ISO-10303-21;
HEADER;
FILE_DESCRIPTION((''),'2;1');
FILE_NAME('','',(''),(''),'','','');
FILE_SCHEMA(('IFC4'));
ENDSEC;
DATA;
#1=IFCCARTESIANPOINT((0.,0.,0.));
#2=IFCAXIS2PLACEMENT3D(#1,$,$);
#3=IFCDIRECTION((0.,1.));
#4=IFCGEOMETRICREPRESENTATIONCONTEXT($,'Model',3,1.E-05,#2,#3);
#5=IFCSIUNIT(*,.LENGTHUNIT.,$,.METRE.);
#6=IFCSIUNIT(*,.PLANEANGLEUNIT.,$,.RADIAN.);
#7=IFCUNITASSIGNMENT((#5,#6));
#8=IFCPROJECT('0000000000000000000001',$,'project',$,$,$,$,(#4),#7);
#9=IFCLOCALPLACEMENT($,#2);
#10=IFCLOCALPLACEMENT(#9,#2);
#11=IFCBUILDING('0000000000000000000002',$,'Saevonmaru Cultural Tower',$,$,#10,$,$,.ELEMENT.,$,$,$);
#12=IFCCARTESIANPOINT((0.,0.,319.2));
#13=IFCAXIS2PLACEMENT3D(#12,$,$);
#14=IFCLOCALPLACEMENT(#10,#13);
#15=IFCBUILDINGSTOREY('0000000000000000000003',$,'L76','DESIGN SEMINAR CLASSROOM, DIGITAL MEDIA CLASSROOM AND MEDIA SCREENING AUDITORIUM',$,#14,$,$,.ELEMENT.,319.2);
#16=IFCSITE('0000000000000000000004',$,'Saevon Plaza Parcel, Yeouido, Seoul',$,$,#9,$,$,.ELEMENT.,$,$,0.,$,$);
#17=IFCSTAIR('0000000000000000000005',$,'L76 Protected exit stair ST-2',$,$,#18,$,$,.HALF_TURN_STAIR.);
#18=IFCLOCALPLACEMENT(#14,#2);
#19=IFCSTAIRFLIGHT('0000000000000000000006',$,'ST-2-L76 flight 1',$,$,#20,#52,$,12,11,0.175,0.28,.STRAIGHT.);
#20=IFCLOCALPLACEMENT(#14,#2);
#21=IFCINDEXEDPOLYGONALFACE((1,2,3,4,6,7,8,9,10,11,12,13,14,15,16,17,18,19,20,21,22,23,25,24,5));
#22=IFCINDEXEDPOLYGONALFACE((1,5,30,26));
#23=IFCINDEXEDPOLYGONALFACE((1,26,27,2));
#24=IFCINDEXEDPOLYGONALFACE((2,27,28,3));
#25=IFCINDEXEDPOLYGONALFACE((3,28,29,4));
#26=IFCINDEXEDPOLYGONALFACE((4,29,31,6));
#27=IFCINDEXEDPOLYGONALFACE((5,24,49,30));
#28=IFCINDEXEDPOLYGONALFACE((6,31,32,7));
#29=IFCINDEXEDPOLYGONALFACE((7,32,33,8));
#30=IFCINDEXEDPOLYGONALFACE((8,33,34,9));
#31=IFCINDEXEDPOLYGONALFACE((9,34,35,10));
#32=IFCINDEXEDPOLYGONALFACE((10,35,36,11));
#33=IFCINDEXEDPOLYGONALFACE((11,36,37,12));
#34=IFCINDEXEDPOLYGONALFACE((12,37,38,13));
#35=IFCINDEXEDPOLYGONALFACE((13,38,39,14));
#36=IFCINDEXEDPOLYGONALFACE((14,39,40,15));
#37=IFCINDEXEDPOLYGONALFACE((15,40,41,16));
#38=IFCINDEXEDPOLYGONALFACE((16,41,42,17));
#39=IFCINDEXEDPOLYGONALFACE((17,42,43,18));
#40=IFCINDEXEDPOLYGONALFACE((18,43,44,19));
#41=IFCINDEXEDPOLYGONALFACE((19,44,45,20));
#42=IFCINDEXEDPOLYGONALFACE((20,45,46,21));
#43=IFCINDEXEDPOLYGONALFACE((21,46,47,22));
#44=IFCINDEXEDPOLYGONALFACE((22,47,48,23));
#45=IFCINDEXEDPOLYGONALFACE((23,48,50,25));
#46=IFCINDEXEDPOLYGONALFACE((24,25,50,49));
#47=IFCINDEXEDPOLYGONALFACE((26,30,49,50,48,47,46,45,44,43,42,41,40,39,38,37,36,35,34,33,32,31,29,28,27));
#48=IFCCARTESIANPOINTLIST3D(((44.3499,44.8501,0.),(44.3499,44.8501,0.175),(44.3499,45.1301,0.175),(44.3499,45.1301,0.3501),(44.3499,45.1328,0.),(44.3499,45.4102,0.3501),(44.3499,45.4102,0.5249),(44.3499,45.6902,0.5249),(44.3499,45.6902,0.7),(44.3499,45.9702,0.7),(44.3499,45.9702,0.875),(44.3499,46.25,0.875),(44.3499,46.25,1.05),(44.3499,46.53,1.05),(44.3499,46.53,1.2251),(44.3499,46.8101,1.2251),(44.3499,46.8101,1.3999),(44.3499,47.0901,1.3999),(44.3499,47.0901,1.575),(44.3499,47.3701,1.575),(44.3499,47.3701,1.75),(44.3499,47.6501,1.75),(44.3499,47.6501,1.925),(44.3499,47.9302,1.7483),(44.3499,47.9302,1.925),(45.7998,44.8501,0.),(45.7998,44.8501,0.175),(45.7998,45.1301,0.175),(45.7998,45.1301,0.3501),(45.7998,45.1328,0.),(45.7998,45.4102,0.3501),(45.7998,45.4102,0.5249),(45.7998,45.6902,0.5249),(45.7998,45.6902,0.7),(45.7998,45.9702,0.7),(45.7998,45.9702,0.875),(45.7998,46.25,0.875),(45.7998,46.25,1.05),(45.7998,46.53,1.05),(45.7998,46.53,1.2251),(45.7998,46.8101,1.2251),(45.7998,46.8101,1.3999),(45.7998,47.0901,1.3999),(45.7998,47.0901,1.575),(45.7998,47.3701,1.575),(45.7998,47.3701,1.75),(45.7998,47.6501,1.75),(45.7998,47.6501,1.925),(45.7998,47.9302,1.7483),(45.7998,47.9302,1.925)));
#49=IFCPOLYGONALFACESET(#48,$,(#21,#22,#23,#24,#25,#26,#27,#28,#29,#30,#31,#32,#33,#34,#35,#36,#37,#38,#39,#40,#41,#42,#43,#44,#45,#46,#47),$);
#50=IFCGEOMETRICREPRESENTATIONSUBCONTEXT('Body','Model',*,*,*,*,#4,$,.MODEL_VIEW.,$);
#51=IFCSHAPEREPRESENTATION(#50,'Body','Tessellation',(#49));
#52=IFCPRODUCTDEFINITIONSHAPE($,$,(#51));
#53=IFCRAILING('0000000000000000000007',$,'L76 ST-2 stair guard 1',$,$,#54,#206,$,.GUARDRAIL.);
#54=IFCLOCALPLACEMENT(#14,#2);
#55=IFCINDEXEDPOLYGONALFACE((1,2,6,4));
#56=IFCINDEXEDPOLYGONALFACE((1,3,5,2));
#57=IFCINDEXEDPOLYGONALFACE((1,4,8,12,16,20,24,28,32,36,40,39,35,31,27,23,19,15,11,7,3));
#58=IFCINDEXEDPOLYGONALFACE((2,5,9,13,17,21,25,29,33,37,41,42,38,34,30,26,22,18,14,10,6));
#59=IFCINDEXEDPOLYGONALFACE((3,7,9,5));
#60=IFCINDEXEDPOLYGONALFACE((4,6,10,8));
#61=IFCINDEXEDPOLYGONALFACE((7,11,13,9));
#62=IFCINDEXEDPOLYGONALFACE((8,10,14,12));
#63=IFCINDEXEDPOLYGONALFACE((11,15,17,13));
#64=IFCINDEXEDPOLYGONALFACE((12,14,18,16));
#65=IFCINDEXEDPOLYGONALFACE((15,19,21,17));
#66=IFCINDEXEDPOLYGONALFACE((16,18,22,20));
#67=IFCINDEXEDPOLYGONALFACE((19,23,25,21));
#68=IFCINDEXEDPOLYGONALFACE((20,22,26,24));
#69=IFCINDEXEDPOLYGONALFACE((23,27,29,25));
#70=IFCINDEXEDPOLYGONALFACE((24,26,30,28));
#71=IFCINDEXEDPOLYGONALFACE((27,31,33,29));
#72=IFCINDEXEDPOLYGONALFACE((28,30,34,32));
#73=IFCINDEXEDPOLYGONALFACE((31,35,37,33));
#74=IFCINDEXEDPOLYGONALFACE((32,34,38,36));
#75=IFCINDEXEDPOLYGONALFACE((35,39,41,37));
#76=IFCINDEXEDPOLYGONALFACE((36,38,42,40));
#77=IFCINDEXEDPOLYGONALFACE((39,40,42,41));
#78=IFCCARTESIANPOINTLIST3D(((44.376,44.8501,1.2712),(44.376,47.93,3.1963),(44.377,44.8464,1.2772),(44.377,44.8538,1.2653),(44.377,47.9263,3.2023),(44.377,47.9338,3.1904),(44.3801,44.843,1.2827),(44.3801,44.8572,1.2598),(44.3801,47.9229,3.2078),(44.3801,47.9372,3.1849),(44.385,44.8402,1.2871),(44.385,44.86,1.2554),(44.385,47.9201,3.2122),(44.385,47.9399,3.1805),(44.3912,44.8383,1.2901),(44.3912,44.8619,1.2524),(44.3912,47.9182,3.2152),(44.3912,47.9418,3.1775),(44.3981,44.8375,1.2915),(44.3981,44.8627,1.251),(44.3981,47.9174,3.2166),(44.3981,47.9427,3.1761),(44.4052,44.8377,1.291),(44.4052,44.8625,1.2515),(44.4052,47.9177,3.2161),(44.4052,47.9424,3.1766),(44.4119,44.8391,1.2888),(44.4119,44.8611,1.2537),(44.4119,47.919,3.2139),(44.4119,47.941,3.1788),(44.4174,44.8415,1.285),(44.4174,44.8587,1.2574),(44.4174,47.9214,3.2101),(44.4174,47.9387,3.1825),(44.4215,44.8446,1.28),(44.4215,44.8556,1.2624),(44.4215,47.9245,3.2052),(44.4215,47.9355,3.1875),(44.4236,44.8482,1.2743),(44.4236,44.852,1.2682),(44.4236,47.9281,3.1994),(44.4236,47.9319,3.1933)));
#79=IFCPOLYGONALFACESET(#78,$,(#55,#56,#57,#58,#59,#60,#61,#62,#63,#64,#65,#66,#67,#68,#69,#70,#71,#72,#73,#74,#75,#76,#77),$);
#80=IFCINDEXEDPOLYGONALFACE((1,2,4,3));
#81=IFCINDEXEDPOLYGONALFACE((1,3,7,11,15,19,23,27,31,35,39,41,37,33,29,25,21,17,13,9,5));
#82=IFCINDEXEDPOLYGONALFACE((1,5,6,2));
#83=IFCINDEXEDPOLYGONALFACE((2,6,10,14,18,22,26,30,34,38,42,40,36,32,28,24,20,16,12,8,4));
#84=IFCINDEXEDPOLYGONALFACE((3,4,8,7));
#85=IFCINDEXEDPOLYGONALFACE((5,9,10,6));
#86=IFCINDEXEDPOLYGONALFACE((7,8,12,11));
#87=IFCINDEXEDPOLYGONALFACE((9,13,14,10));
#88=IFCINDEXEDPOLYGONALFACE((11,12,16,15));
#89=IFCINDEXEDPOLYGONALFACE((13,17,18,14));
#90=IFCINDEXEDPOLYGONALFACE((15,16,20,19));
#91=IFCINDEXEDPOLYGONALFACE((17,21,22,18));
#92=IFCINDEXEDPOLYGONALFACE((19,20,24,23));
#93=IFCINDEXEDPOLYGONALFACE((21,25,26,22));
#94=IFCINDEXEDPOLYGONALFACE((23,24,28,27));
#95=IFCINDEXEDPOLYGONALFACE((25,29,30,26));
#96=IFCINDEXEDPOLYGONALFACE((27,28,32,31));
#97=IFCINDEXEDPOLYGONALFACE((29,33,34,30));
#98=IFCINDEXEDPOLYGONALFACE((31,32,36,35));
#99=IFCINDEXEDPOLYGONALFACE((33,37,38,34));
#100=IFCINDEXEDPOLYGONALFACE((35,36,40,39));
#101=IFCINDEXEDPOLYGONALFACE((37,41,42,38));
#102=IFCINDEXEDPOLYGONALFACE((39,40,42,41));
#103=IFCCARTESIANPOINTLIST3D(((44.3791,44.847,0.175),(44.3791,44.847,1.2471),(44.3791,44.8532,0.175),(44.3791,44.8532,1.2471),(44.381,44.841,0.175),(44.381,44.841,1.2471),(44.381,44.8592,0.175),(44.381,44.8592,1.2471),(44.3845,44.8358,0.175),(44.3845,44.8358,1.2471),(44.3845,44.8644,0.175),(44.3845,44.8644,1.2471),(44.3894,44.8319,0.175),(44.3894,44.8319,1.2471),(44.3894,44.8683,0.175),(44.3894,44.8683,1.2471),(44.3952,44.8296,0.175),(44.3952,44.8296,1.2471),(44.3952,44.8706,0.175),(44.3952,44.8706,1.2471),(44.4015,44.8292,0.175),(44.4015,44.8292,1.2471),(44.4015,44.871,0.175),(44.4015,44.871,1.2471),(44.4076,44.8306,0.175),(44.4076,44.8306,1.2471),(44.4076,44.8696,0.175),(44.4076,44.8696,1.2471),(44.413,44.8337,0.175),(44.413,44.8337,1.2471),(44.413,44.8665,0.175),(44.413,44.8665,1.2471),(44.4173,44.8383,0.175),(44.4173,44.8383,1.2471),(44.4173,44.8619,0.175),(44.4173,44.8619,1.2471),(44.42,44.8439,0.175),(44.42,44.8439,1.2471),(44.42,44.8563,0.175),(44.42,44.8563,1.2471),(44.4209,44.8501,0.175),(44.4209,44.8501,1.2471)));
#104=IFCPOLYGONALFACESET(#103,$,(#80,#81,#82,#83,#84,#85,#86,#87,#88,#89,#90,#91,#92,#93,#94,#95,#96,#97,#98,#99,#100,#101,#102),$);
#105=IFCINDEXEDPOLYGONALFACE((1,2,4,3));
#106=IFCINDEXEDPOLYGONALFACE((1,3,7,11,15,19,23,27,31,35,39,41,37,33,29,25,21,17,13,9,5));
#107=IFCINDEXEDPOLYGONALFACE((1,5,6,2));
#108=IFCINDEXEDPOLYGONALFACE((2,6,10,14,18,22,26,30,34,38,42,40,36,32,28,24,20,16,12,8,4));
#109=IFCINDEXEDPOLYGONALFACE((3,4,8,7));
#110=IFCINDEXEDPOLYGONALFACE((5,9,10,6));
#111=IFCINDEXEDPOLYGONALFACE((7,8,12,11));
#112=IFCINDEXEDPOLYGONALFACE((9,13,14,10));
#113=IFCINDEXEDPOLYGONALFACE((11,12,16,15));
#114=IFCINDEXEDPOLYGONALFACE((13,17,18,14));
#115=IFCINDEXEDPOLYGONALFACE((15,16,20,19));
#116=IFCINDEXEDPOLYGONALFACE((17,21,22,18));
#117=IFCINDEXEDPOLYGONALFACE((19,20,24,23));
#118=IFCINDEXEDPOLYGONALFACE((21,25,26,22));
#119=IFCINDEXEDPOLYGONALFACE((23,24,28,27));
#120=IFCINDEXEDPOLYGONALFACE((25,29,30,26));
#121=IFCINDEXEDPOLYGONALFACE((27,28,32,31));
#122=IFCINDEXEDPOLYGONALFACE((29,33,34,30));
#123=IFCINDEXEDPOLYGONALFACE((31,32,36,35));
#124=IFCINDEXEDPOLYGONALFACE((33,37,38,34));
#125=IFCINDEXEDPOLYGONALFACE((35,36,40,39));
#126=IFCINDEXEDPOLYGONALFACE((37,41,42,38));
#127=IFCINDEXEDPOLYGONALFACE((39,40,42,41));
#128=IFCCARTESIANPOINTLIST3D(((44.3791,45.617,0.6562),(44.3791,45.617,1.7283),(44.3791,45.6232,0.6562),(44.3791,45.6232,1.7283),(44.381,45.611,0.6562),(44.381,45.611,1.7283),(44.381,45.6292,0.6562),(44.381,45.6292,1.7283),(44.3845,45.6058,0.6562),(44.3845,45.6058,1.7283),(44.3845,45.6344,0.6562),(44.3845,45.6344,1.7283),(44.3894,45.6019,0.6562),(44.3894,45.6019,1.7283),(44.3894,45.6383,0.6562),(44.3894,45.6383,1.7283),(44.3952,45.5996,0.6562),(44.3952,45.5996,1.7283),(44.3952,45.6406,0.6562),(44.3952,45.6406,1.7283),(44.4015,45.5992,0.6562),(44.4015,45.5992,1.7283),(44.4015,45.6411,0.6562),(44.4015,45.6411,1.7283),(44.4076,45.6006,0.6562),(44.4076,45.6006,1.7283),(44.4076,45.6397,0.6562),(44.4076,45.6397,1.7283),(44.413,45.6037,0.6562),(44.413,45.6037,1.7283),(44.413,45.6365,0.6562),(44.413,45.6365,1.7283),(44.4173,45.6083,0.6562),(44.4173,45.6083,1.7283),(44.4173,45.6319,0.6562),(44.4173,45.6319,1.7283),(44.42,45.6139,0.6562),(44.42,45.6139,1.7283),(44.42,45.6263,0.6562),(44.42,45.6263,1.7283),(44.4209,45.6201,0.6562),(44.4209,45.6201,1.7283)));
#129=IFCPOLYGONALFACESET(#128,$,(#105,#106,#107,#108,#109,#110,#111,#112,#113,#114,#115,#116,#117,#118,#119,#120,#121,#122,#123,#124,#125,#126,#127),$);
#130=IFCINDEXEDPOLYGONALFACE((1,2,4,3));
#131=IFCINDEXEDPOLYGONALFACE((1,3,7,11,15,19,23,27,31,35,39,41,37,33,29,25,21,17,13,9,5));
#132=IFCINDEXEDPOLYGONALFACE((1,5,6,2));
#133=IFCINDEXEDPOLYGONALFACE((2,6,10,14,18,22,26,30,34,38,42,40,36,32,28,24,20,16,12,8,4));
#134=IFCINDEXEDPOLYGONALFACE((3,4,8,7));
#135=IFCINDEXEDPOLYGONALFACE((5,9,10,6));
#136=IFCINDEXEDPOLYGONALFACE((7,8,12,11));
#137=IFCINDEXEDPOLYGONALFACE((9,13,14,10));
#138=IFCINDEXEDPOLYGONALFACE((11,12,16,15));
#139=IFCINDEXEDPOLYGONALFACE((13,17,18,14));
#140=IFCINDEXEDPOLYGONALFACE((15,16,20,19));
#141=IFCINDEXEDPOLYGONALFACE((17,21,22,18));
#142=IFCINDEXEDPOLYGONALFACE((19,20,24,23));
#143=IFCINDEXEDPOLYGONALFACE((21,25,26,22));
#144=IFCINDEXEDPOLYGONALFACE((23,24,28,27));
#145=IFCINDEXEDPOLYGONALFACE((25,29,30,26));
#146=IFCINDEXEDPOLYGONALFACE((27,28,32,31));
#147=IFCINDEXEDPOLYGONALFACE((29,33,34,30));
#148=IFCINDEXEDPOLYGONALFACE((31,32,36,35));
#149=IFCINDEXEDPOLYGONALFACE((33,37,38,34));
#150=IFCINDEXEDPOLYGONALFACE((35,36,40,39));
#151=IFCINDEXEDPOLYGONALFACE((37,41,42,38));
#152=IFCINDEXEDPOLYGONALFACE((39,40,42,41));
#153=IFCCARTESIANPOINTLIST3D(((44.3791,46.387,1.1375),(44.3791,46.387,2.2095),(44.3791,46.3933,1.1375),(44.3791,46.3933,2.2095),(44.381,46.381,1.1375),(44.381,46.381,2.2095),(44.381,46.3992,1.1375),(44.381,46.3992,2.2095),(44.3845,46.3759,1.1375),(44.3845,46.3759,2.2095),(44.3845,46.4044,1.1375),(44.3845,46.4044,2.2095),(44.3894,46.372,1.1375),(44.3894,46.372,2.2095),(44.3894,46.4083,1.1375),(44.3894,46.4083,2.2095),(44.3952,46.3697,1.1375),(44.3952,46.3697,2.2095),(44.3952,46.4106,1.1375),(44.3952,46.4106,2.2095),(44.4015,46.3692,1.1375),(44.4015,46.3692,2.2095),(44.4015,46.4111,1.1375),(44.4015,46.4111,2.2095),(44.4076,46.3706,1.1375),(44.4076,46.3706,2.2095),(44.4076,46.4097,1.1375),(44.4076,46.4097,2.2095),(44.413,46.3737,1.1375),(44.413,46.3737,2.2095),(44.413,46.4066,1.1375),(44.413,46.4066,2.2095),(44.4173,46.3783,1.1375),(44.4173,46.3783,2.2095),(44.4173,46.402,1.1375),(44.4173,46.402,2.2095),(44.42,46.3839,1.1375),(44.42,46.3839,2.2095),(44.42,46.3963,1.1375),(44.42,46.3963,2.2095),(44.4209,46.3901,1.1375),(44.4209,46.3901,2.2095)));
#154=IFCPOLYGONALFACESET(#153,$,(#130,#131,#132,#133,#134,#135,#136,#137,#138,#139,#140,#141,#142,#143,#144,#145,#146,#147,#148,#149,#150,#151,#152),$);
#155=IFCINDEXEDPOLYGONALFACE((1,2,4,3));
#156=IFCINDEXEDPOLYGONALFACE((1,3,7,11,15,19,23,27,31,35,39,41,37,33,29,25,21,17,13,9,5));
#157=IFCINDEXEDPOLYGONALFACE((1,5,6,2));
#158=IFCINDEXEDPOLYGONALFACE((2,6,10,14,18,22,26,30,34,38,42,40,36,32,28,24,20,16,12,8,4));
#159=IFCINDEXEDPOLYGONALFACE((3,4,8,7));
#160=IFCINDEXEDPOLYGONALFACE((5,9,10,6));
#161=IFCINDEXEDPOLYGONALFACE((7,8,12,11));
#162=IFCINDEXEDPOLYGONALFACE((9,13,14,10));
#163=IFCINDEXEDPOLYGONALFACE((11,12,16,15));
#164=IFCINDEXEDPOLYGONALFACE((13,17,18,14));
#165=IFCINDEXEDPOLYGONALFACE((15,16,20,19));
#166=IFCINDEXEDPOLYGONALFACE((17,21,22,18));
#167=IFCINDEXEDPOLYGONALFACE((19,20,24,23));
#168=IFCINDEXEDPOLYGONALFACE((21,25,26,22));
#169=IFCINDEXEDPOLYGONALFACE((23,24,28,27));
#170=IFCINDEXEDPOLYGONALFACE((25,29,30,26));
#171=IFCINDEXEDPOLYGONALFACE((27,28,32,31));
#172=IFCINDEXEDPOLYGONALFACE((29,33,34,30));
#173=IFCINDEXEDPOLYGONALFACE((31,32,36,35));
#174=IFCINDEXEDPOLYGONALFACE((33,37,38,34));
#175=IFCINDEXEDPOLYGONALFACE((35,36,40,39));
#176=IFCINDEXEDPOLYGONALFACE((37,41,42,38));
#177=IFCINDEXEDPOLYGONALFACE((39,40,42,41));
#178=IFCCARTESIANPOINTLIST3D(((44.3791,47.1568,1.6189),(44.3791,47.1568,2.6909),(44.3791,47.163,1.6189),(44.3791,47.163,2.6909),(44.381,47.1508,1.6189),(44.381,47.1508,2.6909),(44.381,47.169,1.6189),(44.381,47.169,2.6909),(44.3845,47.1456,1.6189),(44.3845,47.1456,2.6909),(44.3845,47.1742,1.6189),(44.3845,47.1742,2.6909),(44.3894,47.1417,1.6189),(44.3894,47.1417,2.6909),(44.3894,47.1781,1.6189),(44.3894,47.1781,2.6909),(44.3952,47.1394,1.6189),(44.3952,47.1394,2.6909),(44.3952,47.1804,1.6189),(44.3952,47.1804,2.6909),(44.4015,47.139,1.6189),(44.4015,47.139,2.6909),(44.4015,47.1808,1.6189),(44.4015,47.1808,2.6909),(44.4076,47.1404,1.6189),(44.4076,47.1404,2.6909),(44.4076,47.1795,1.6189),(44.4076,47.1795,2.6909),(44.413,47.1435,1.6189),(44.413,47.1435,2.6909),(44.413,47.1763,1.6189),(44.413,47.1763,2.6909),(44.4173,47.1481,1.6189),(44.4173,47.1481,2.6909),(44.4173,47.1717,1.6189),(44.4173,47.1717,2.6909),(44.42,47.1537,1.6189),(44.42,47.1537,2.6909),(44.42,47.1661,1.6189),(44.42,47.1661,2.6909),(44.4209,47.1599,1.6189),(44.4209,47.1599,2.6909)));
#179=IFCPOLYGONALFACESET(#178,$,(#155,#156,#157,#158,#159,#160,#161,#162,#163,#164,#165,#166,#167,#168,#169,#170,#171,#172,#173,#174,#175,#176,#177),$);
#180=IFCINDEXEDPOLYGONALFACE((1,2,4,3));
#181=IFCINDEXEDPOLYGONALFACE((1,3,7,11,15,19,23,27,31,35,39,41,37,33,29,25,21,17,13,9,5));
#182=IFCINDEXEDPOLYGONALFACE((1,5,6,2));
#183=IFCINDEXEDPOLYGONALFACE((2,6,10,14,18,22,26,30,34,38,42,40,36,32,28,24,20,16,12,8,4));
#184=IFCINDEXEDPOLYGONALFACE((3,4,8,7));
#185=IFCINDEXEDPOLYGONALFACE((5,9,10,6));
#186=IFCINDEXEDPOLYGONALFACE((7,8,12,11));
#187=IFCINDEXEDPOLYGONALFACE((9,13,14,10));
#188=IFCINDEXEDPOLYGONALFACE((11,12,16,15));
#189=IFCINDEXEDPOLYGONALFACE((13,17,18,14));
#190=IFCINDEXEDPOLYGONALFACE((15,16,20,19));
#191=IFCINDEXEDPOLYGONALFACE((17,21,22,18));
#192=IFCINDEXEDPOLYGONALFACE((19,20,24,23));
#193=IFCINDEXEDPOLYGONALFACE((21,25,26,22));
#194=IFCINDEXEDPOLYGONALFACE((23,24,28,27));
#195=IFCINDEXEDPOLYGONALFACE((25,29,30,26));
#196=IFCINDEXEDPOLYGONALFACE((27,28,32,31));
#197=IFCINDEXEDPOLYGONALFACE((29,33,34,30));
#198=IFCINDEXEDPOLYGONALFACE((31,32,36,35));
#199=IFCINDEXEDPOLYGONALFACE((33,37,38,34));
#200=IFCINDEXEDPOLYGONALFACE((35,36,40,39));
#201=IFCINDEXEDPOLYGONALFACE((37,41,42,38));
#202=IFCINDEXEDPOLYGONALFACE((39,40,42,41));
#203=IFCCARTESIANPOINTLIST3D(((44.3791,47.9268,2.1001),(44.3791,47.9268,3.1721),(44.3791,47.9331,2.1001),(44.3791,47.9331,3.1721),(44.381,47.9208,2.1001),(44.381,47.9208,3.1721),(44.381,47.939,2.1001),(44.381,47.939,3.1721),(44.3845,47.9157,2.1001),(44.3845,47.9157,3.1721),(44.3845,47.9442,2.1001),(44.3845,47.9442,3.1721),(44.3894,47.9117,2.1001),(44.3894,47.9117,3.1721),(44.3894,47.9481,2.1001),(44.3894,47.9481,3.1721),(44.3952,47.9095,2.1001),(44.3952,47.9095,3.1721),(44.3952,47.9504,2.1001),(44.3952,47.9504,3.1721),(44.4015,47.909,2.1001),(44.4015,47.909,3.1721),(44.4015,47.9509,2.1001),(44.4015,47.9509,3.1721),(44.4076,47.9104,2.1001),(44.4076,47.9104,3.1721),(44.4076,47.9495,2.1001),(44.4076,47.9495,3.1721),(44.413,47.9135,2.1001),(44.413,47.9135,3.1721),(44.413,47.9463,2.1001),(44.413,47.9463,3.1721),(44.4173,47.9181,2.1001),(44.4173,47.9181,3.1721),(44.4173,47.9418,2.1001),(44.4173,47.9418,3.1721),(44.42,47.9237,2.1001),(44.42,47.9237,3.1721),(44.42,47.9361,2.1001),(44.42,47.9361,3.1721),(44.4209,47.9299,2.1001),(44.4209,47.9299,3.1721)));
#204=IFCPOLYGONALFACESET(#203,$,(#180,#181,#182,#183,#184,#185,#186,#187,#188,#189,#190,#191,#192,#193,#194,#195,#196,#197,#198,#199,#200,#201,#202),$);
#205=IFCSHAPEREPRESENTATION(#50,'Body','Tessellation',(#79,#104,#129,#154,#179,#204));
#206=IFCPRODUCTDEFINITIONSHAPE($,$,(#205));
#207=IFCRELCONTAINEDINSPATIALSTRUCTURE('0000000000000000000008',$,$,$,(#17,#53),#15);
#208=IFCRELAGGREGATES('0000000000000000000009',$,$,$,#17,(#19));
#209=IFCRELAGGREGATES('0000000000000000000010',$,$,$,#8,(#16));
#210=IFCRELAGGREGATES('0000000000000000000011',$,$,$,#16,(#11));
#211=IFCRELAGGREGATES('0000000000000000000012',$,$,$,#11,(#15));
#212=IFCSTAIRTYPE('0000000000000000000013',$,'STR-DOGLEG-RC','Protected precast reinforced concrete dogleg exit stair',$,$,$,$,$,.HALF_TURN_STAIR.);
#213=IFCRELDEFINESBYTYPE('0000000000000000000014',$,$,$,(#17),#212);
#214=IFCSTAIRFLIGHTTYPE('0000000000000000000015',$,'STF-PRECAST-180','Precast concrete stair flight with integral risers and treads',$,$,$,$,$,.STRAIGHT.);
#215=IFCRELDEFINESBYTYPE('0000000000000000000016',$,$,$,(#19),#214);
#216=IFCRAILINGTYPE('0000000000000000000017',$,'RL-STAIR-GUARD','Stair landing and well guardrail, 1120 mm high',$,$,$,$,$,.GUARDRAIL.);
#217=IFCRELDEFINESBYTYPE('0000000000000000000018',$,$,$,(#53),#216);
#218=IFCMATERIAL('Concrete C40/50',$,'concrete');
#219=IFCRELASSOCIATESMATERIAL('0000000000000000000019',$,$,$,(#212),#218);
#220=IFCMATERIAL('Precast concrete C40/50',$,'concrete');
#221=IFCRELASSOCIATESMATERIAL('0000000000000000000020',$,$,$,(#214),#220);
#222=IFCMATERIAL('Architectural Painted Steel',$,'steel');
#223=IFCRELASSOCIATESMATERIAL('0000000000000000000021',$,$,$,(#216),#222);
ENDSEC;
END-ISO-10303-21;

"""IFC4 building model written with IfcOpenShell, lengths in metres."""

from ifc_helpers import new_model, si_unit, direction, frame, origin, origin_2d, place, context, subcontext, project, spatial, polyline, circle, outline, extrude, material, type_object, element, aggregate, save


model = new_model("IFC4")

# Units and contexts
model_context = context("Model", 3, precision=1e-05, world=origin(), true_north=direction((0.0, 1.0)))
body_context = subcontext(model_context, "Body", "Model", "MODEL_VIEW")
ifc_project = project(units=[si_unit("LENGTHUNIT", "METRE"), si_unit("PLANEANGLEUNIT", "RADIAN")], contexts=[model_context])

# Site, building, storey
site_placement = place(None, origin())
site = spatial("IfcSite", under=ifc_project, at=site_placement, Name="Saevon Plaza Parcel, Yeouido, Seoul", CompositionType="ELEMENT", RefElevation=0.0)
building_placement = place(site_placement, origin())
building = spatial("IfcBuilding", under=site, at=building_placement, Name="Saevonmaru Cultural Tower", CompositionType="ELEMENT")
storey_placement = place(building_placement, frame((0.0, 0.0, 319.2)))
storey = spatial("IfcBuildingStorey", under=building, at=storey_placement, Name="L76", Description="DESIGN SEMINAR CLASSROOM, DIGITAL MEDIA CLASSROOM AND MEDIA SCREENING AUDITORIUM", CompositionType="ELEMENT", Elevation=319.2)

# Stair, stair flight
ifc_material_1 = material(Name="Concrete C40/50", Category="concrete")
stair_type = type_object("IfcStairType", Name="STR-DOGLEG-RC", Description="Protected precast reinforced concrete dogleg exit stair", PredefinedType="HALF_TURN_STAIR", material=ifc_material_1)
stair_placement = place(storey_placement, origin())
stair = element("IfcStair", 1, at=stair_placement, inside=storey, type_object=stair_type, Name="L76 Protected exit stair ST-2", PredefinedType="HALF_TURN_STAIR")
ifc_material_2 = material(Name="Precast concrete C40/50", Category="concrete")
stair_flight_type = type_object("IfcStairFlightType", Name="STF-PRECAST-180", Description="Precast concrete stair flight with integral risers and treads", PredefinedType="STRAIGHT", material=ifc_material_2)
stair_flight_placement = place(storey_placement, frame((45.075, 44.8501, 0.0), z_axis=(0.0, 0.0, 1.0), x_axis=(0.0, 1.0, 0.0)))
stair_flight = element("IfcStairFlight", 2, at=stair_flight_placement, type_object=stair_flight_type, Name="ST-2-L76 flight 1", NumberOfRisers=12, NumberOfTreads=11, PredefinedType="STRAIGHT", RiserHeight=0.175, TreadLength=0.28, context=body_context, shape_type="SweptSolid", body=[
    extrude(outline(polyline([(0.0, 0.0), (0.0, 0.175), (0.28, 0.175), (0.28, 0.3501), (0.5601, 0.3501), (0.5601, 0.5249), (0.8401, 0.5249), (0.8401, 0.7), (1.1201, 0.7), (1.1201, 0.875), (1.3999, 0.875), (1.3999, 1.05), (1.6799, 1.05), (1.6799, 1.2251), (1.96, 1.2251), (1.96, 1.3999), (2.24, 1.3999), (2.24, 1.575), (2.52, 1.575), (2.52, 1.75), (2.8, 1.75), (2.8, 1.925), (3.0801, 1.925), (3.0801, 2.1001), (3.0801, 1.7483), (0.2827, 0.0), (0.0, 0.0)])), frame((0.0, 0.7251, 0.0), z_axis=(0.0, -1.0, 0.0), x_axis=(1.0, 0.0, 0.0)), (0.0, 0.0, 1.0), 1.45),
])
aggregate(stair, [stair_flight])

# Railing
ifc_material_3 = material(Name="Architectural Painted Steel", Category="steel")
railing_type_1 = type_object("IfcRailingType", Name="RL-STAIR-GUARD", Description="Stair landing and well guardrail, 1120 mm high", PredefinedType="GUARDRAIL", material=ifc_material_3)
railing_1_placement = place(storey_placement, frame((44.3999, 44.8501, 0.175)))
element("IfcRailing", 3, at=railing_1_placement, inside=storey, type_object=railing_type_1, Name="L76 ST-2 stair guard 1", PredefinedType="GUARDRAIL", context=body_context, shape_type="SweptSolid", body=[
    extrude(circle(Radius=0.0239, at=origin_2d()), frame((0.0, 0.0, 1.0962), z_axis=(0.0, 0.847979, 0.530029), x_axis=(-1.0, 0.0, 0.0)), (0.0, 0.0, 1.0), 3.6321),
    extrude(circle(Radius=0.021, at=origin_2d()), origin(), (0.0, 0.0, 1.0), 1.072),
    extrude(circle(Radius=0.021, at=origin_2d()), frame((0.0, 0.77, 0.4812)), (0.0, 0.0, 1.0), 1.072),
    extrude(circle(Radius=0.021, at=origin_2d()), frame((0.0, 1.54, 0.9624)), (0.0, 0.0, 1.0), 1.072),
    extrude(circle(Radius=0.021, at=origin_2d()), frame((0.0, 2.3098, 1.4438)), (0.0, 0.0, 1.0), 1.072),
    extrude(circle(Radius=0.021, at=origin_2d()), frame((0.0, 3.0798, 1.925)), (0.0, 0.0, 1.0), 1.072),
])

save(model, "model.ifc")
